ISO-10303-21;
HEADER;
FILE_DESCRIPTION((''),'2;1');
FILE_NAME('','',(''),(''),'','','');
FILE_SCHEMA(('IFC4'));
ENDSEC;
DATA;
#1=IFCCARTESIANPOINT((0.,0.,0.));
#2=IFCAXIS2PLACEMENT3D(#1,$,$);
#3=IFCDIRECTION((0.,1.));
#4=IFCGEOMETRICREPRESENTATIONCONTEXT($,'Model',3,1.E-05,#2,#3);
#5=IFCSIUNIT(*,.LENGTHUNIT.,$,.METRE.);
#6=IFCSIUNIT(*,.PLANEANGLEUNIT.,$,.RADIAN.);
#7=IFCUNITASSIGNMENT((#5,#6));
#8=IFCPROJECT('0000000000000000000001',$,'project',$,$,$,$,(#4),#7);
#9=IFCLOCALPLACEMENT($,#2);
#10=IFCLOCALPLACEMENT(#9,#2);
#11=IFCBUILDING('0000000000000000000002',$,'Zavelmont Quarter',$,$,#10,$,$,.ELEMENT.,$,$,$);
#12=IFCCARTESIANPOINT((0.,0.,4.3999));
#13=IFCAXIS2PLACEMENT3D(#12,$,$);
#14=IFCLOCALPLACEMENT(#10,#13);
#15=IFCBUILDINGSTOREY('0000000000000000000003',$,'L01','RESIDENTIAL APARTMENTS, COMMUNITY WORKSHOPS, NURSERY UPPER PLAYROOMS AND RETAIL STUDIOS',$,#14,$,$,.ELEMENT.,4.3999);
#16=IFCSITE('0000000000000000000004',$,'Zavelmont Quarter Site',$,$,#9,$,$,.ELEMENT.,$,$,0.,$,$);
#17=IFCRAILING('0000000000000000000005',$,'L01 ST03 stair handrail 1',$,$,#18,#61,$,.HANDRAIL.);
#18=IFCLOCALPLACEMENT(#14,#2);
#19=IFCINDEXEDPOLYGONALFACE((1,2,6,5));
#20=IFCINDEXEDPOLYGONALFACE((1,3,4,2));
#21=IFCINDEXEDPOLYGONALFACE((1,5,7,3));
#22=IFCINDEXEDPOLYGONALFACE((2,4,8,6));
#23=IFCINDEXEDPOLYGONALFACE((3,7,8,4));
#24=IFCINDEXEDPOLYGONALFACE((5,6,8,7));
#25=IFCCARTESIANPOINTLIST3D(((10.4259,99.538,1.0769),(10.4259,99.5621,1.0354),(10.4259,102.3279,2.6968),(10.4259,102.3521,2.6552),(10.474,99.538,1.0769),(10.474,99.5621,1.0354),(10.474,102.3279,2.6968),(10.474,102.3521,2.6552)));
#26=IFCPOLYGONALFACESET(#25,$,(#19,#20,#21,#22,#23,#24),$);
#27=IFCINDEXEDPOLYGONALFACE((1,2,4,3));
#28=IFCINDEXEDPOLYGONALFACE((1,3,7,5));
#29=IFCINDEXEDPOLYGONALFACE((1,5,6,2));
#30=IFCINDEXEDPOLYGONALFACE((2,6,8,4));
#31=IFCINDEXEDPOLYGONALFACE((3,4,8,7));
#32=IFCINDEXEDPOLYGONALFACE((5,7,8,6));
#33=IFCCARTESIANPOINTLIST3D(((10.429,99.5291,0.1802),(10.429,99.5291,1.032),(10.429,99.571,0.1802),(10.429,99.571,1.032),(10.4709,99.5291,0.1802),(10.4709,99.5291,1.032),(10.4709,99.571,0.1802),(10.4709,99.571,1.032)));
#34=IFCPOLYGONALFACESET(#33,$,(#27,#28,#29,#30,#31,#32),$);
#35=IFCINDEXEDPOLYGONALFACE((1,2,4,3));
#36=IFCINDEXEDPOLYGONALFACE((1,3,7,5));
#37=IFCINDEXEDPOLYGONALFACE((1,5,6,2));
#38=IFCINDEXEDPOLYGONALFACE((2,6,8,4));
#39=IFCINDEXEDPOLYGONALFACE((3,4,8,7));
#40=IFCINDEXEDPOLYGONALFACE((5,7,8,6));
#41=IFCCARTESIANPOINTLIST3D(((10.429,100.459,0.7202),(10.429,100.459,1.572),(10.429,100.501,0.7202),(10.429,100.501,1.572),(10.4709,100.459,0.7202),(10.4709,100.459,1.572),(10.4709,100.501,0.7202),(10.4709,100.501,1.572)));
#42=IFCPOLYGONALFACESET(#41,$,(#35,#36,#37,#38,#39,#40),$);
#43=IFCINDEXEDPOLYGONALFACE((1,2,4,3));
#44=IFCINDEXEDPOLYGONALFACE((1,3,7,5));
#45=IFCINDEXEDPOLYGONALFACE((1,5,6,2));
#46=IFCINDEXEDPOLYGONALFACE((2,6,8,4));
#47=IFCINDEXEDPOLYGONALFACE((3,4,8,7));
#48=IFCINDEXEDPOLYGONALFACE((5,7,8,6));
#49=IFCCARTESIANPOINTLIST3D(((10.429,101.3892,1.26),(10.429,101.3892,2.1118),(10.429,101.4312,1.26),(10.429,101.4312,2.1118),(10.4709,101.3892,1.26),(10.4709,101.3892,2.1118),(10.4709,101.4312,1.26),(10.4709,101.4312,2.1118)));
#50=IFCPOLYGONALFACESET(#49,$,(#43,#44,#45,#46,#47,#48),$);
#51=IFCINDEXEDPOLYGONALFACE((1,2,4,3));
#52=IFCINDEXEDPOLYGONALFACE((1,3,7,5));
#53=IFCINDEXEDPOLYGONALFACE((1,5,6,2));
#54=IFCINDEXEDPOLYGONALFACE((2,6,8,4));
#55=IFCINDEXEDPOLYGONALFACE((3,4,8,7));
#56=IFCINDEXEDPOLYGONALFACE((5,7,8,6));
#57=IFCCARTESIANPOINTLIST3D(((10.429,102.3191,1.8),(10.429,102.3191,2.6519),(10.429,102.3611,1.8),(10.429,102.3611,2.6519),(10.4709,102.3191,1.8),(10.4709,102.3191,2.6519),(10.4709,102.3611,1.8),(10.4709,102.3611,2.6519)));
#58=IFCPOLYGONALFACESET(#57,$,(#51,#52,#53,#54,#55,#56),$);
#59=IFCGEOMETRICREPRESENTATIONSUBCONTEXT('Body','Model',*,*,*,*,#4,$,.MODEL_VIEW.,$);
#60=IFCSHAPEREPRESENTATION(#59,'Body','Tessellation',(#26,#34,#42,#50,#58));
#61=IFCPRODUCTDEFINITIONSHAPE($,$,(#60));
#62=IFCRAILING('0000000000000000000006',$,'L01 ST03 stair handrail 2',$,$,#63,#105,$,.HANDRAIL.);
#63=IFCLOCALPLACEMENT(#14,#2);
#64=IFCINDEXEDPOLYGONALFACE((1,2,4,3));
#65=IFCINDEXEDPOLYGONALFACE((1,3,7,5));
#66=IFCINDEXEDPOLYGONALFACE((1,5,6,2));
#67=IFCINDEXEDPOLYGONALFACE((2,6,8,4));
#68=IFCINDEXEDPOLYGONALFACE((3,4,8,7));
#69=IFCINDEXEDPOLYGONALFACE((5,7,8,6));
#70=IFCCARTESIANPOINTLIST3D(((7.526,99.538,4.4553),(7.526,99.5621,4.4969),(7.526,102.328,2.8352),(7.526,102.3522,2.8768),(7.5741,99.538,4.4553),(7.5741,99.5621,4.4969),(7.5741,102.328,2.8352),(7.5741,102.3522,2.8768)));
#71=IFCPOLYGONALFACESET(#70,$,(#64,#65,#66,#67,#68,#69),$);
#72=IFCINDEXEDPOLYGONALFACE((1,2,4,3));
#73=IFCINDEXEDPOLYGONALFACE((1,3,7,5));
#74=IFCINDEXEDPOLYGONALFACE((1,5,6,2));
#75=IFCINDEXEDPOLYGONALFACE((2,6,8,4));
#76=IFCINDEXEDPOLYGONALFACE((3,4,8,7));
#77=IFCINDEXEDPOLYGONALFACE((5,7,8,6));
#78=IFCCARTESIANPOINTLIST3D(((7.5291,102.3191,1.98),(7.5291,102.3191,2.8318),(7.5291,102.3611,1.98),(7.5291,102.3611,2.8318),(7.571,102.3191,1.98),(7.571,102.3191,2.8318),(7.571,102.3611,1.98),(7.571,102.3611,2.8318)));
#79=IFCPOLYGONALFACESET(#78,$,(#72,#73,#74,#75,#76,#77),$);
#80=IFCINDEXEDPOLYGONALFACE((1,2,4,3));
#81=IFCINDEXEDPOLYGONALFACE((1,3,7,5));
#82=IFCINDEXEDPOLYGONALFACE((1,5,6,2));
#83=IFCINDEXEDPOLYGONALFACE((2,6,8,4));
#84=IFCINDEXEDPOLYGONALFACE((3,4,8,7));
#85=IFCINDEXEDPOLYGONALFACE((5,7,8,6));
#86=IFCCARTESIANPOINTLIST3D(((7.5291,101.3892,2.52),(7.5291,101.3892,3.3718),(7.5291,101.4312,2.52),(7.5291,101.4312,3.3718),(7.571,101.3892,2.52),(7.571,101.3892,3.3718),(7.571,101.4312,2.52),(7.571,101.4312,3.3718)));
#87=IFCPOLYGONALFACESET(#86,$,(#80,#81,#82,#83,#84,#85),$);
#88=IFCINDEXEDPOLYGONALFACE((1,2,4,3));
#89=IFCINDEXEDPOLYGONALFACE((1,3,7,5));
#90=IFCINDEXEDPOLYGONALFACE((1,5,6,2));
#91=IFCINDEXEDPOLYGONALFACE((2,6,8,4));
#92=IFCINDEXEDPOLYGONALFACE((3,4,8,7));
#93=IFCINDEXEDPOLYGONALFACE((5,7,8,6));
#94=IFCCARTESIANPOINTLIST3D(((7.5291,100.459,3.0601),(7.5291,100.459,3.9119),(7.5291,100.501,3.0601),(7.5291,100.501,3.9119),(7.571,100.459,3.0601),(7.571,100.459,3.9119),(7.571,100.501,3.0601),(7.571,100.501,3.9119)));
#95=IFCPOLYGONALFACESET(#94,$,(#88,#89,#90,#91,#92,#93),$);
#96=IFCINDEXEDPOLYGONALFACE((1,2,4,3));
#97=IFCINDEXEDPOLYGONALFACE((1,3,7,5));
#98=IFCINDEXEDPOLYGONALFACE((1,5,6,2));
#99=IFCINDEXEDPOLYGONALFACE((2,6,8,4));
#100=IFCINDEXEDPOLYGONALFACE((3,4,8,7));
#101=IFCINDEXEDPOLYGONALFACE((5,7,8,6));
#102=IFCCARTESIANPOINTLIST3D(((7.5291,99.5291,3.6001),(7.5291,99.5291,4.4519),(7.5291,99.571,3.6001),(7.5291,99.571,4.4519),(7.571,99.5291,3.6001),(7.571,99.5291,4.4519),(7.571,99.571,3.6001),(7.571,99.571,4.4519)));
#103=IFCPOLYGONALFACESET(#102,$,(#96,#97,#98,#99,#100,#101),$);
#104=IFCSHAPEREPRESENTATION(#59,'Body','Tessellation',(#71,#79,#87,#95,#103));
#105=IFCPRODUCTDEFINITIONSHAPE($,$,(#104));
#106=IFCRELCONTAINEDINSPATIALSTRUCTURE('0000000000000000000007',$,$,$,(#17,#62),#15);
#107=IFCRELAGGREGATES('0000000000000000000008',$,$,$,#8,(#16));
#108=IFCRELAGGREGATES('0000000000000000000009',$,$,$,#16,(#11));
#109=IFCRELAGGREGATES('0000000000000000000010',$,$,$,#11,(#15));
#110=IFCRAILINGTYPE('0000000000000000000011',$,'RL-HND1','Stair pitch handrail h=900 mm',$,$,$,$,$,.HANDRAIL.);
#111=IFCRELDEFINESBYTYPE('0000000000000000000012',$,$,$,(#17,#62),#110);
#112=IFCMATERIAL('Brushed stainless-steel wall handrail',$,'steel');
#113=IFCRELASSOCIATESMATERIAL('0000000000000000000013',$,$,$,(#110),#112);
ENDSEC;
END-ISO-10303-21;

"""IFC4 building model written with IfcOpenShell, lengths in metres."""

from ifc_helpers import new_model, si_unit, direction, frame, origin, origin_2d, place, context, subcontext, project, spatial, rectangle, extrude, material, type_object, element, save


model = new_model("IFC4")

# Units and contexts
model_context = context("Model", 3, precision=1e-05, world=origin(), true_north=direction((0.0, 1.0)))
body_context = subcontext(model_context, "Body", "Model", "MODEL_VIEW")
ifc_project = project(units=[si_unit("LENGTHUNIT", "METRE"), si_unit("PLANEANGLEUNIT", "RADIAN")], contexts=[model_context])

# Site, building, storey
site_placement = place(None, origin())
site = spatial("IfcSite", under=ifc_project, at=site_placement, Name="Zavelmont Quarter Site", CompositionType="ELEMENT", RefElevation=0.0)
building_placement = place(site_placement, origin())
building = spatial("IfcBuilding", under=site, at=building_placement, Name="Zavelmont Quarter", CompositionType="ELEMENT")
storey_placement = place(building_placement, frame((0.0, 0.0, 4.3999)))
storey = spatial("IfcBuildingStorey", under=building, at=storey_placement, Name="L01", Description="RESIDENTIAL APARTMENTS, COMMUNITY WORKSHOPS, NURSERY UPPER PLAYROOMS AND RETAIL STUDIOS", CompositionType="ELEMENT", Elevation=4.3999)

# Railings
ifc_material_1 = material(Name="Brushed stainless-steel wall handrail", Category="steel")
railing_type_1 = type_object("IfcRailingType", Name="RL-HND1", Description="Stair pitch handrail h=900 mm", PredefinedType="HANDRAIL", material=ifc_material_1)
railing_1_placement = place(storey_placement, frame((10.45, 99.55, 0.1802)))
element("IfcRailing", 1, at=railing_1_placement, inside=storey, type_object=railing_type_1, Name="L01 ST03 stair handrail 1", PredefinedType="HANDRAIL", context=body_context, shape_type="SweptSolid", body=[
    extrude(rectangle(XDim=0.0481, YDim=0.0481, at=origin_2d()), frame((0.0, 0.0, 0.876), z_axis=(0.0, 0.864809, 0.502101), x_axis=(-1.0, 0.0, 0.0)), (0.0, 0.0, 1.0), 3.2261),
    extrude(rectangle(XDim=0.042, YDim=0.042, at=origin_2d()), origin(), (0.0, 0.0, 1.0), 0.8518),
    extrude(rectangle(XDim=0.042, YDim=0.042, at=origin_2d()), frame((0.0, 0.9299, 0.54)), (0.0, 0.0, 1.0), 0.8518),
    extrude(rectangle(XDim=0.042, YDim=0.042, at=origin_2d()), frame((0.0, 1.8601, 1.0798)), (0.0, 0.0, 1.0), 0.8518),
    extrude(rectangle(XDim=0.042, YDim=0.042, at=origin_2d()), frame((0.0, 2.79, 1.6199)), (0.0, 0.0, 1.0), 0.8518),
])
railing_2_placement = place(storey_placement, frame((7.55, 102.3401, 1.98)))
element("IfcRailing", 2, at=railing_2_placement, inside=storey, type_object=railing_type_1, Name="L01 ST03 stair handrail 2", PredefinedType="HANDRAIL", context=body_context, shape_type="SweptSolid", body=[
    extrude(rectangle(XDim=0.0481, YDim=0.0481, at=origin_2d()), frame((0.0, 0.0, 0.876), z_axis=(0.0, -0.864776, 0.502157), x_axis=(1.0, 0.0, 0.0)), (0.0, 0.0, 1.0), 3.2263),
    extrude(rectangle(XDim=0.042, YDim=0.042, at=origin_2d()), origin(), (0.0, 0.0, 1.0), 0.8518),
    extrude(rectangle(XDim=0.042, YDim=0.042, at=origin_2d()), frame((0.0, -0.9299, 0.54)), (0.0, 0.0, 1.0), 0.8518),
    extrude(rectangle(XDim=0.042, YDim=0.042, at=origin_2d()), frame((0.0, -1.8601, 1.0801)), (0.0, 0.0, 1.0), 0.8518),
    extrude(rectangle(XDim=0.042, YDim=0.042, at=origin_2d()), frame((0.0, -2.79, 1.6201)), (0.0, 0.0, 1.0), 0.8518),
])

save(model, "model.ifc")
